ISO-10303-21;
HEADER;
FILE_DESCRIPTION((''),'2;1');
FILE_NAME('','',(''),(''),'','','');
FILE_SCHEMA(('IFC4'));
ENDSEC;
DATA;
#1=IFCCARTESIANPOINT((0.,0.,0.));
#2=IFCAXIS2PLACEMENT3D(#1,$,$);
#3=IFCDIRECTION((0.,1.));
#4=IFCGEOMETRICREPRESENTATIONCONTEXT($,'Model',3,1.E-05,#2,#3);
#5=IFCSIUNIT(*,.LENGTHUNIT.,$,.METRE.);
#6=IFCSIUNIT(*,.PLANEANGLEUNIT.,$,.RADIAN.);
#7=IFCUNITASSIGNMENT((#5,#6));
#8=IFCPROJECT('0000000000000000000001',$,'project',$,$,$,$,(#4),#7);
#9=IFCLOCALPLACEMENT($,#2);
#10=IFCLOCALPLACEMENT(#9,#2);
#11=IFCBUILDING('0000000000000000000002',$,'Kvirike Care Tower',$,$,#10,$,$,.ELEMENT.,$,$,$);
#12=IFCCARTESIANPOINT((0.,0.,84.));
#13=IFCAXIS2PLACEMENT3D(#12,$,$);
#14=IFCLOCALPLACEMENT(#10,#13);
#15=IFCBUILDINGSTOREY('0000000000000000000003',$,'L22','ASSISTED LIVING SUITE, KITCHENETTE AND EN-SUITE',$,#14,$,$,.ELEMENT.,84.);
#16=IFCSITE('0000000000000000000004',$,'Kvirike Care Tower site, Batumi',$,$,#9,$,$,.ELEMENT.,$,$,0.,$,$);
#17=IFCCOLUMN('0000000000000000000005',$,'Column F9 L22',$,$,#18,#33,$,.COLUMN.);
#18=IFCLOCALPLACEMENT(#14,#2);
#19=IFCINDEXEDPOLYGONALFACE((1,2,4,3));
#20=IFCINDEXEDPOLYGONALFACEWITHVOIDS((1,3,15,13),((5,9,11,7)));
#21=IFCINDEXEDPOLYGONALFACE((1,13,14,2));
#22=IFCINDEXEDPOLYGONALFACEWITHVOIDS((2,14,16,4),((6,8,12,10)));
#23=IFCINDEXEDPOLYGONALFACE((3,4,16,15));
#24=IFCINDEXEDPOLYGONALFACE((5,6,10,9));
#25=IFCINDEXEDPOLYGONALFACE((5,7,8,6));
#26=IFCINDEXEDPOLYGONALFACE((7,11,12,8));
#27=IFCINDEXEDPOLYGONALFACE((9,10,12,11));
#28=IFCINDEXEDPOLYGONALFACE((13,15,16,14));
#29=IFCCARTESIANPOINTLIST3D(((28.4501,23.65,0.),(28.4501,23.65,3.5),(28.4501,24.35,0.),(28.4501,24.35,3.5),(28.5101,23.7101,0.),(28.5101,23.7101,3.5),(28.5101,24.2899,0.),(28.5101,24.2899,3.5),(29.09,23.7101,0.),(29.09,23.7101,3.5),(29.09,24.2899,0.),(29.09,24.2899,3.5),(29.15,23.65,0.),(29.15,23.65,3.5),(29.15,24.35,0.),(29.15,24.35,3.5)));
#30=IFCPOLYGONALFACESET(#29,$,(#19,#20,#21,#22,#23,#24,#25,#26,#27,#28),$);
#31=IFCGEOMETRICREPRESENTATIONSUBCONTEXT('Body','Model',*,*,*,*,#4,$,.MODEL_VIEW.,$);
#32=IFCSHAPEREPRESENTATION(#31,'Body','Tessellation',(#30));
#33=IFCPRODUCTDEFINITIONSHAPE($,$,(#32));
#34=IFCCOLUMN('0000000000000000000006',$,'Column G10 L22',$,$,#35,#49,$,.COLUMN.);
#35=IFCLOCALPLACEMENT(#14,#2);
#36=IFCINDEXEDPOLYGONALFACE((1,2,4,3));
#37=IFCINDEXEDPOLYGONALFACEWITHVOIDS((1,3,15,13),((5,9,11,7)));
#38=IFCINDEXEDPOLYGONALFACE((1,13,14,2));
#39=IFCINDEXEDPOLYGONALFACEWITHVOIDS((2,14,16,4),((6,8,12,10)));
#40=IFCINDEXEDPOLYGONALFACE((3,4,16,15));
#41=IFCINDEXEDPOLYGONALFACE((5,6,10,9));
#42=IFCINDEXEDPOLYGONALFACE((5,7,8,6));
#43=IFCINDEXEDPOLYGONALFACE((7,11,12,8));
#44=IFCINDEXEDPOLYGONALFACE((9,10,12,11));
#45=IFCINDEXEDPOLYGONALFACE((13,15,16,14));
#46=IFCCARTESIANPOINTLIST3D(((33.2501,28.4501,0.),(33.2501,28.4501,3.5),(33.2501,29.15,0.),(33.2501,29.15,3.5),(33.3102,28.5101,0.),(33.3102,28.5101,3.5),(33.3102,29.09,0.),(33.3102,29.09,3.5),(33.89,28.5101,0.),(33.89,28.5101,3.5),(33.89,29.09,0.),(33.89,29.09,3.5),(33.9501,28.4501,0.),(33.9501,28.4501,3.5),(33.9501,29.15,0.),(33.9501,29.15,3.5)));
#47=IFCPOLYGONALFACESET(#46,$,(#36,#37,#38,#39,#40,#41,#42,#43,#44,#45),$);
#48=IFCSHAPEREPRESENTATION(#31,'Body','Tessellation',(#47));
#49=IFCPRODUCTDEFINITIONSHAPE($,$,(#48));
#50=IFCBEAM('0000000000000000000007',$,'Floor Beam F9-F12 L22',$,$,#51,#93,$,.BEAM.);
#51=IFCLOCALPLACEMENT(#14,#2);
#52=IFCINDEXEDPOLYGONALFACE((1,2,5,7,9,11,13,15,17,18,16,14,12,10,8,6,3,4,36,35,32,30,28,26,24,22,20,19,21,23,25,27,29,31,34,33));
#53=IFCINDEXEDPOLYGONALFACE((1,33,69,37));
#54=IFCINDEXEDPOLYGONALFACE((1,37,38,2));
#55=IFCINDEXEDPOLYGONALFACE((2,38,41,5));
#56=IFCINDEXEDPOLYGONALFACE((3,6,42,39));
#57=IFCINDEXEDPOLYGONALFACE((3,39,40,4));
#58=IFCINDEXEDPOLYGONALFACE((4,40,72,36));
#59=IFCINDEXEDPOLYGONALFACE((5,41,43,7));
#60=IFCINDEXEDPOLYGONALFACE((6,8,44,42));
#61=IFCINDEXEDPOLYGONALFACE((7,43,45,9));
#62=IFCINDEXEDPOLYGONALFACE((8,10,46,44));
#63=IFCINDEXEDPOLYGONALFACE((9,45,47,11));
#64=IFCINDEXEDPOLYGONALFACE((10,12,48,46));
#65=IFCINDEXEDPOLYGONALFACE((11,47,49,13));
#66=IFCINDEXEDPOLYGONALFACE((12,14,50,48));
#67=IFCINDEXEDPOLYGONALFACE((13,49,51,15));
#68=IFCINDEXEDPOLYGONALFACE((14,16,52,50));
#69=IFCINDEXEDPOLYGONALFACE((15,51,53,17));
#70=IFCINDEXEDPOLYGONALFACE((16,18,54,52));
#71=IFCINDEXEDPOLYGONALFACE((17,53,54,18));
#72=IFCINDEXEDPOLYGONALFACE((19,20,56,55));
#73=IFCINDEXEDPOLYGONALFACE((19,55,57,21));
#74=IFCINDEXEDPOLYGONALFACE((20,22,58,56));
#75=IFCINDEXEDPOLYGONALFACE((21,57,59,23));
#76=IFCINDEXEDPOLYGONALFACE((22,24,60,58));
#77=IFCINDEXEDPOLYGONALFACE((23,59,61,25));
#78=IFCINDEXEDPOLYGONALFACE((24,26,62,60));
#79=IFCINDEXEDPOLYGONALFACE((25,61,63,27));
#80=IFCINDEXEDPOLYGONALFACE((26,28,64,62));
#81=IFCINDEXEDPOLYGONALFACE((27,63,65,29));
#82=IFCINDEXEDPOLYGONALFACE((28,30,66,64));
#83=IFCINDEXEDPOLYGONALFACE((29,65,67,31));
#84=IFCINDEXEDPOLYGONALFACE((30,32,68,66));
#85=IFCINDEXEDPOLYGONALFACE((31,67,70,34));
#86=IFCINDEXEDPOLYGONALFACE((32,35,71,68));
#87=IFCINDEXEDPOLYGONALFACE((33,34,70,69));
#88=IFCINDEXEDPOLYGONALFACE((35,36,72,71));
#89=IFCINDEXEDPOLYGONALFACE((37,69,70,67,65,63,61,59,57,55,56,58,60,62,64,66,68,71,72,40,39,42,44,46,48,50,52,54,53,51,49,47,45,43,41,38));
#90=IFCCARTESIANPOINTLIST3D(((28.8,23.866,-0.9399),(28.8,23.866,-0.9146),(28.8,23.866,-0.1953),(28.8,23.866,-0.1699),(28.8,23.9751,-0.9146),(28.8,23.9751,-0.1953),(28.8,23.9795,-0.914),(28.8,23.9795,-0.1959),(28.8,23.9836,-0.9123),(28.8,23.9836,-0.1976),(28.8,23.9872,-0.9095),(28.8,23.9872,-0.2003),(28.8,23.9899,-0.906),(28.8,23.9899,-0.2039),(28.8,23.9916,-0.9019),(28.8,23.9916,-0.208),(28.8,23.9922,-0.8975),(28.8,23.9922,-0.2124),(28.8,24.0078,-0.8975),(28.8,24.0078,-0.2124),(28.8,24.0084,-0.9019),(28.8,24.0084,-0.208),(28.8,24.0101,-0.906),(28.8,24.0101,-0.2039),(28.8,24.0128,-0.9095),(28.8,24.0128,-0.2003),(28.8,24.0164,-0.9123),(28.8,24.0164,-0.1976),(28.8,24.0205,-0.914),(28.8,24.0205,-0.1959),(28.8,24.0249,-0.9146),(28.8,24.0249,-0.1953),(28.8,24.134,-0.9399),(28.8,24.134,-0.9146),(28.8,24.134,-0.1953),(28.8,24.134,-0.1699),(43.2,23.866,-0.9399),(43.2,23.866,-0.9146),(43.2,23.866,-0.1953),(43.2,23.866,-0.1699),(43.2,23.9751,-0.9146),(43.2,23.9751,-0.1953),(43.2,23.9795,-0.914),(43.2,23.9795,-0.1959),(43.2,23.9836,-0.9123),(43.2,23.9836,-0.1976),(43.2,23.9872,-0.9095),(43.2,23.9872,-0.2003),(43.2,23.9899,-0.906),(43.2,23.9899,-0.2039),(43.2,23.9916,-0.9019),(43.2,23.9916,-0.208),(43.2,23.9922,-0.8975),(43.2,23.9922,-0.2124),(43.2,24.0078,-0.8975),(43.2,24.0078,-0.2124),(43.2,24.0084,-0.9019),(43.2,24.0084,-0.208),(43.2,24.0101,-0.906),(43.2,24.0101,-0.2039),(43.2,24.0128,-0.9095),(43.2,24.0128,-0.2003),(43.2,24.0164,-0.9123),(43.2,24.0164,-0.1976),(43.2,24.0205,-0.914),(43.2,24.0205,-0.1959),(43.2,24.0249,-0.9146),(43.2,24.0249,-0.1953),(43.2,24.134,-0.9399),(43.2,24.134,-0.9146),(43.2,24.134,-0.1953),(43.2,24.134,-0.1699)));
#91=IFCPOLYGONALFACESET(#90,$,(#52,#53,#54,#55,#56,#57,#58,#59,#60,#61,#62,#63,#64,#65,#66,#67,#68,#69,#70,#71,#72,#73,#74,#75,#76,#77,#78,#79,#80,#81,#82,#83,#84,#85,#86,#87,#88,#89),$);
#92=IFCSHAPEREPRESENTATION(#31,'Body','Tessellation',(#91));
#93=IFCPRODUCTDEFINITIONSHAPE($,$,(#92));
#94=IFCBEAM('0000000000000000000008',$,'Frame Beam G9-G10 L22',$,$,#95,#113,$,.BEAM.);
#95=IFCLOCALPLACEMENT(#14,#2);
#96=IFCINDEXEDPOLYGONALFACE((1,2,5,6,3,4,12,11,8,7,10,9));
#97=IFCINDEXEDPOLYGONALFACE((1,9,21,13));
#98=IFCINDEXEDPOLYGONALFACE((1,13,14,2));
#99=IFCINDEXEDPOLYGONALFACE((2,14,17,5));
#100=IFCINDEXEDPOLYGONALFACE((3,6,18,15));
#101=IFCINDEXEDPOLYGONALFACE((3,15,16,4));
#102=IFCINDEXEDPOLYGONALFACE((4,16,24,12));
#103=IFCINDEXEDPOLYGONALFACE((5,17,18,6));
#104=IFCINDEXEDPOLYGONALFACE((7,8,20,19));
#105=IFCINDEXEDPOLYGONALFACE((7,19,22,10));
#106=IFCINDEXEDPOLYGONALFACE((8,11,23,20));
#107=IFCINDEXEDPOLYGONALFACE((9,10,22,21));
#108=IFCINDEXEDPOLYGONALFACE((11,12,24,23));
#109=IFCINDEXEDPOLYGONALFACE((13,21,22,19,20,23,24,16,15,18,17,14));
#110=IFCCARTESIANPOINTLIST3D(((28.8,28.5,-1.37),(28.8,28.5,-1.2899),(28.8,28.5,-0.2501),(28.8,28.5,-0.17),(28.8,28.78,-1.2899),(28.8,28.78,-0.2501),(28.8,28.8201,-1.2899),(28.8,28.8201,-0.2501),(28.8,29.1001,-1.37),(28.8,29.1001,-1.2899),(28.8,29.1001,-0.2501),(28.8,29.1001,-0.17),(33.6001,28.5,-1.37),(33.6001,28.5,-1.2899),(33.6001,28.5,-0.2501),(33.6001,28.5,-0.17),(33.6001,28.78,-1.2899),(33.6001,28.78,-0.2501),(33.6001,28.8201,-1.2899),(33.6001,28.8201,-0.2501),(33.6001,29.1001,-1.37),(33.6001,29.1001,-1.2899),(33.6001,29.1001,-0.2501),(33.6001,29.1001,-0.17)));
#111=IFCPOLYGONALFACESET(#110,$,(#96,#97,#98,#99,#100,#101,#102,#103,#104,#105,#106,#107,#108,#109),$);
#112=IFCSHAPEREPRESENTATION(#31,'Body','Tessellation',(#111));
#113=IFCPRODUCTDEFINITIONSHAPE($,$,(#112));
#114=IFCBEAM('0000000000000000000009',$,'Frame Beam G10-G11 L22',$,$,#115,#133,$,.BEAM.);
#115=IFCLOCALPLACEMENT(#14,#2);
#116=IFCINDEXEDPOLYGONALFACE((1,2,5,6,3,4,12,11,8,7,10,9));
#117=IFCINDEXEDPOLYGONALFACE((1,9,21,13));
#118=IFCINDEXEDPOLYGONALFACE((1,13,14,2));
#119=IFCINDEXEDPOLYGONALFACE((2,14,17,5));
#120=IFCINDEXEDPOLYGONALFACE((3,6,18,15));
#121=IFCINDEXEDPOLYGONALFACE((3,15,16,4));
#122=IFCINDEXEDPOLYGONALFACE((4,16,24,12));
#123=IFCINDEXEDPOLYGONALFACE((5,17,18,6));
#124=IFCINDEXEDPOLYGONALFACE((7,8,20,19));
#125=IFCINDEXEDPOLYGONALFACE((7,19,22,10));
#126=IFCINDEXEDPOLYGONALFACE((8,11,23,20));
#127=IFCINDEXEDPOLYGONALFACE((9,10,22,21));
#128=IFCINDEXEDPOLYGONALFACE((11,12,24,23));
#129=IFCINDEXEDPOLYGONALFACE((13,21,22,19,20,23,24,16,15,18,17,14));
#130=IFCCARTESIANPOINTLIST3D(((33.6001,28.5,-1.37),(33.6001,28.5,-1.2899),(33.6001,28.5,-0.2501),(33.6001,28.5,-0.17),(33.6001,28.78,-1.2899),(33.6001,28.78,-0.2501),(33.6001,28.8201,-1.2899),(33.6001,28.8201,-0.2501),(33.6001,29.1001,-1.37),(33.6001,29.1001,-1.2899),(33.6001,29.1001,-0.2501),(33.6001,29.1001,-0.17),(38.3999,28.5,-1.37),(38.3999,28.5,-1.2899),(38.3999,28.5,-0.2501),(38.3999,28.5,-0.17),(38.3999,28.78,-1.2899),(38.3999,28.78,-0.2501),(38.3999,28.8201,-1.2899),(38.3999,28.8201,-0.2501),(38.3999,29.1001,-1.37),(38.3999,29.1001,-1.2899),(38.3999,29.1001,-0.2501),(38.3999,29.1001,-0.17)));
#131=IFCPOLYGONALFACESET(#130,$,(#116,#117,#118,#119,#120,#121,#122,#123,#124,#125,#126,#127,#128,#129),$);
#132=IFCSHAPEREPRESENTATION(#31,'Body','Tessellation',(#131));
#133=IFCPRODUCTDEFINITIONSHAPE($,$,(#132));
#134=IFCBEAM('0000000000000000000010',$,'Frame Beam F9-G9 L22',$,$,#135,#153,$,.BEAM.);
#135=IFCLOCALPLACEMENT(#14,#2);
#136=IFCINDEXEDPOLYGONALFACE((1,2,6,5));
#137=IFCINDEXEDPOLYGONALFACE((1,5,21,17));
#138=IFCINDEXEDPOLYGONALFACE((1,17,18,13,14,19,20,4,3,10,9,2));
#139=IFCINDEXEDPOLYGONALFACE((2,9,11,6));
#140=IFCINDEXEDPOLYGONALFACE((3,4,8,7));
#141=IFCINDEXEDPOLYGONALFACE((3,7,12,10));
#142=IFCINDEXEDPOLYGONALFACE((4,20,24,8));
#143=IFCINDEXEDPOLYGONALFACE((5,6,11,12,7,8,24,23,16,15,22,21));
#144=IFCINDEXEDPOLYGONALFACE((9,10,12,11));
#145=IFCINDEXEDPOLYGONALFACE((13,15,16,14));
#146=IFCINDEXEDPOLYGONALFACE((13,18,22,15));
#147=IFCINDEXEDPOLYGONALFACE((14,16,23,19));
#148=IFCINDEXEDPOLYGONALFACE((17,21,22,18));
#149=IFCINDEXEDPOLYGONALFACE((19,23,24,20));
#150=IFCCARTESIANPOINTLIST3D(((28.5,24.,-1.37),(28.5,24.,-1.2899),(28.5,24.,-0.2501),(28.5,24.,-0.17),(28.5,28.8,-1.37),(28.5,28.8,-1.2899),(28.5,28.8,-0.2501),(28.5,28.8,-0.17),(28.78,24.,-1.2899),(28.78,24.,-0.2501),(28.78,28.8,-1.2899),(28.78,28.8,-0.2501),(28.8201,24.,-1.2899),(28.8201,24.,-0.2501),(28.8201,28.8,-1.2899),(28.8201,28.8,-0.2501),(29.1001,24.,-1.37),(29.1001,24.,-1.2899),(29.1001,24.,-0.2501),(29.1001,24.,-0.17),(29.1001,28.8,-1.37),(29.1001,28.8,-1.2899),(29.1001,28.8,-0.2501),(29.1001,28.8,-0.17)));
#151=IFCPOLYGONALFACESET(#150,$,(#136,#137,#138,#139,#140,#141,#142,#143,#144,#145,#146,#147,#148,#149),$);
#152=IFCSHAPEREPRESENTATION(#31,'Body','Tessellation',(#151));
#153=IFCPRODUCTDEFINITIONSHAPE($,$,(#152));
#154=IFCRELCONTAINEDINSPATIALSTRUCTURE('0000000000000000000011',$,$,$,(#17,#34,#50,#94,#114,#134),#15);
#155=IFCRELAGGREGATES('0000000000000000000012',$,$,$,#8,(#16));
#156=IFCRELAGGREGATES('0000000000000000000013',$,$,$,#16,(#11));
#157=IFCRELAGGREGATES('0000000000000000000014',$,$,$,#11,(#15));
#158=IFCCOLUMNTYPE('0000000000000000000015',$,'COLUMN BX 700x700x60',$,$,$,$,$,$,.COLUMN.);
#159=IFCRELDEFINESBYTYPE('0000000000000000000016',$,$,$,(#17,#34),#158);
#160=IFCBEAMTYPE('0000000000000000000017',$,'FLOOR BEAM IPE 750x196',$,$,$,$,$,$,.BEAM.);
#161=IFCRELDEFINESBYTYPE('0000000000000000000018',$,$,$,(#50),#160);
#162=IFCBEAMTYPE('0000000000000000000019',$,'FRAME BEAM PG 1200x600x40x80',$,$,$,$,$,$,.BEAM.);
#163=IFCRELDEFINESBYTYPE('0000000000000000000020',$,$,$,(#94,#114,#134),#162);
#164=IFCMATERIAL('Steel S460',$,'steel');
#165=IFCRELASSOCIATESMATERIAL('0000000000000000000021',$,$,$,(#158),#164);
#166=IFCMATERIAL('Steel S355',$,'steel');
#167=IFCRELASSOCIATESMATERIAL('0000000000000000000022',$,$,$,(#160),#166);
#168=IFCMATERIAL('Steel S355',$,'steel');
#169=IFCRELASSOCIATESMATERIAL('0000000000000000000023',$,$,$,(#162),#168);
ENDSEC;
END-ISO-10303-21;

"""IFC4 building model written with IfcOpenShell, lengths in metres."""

from ifc_helpers import new_model, si_unit, direction, frame, origin, origin_2d, place, context, subcontext, project, spatial, hollow_rectangle, i_section, extrude, material, material_profile, profile_set, type_object, element, save


model = new_model("IFC4")

# Units and contexts
model_context = context("Model", 3, precision=1e-05, world=origin(), true_north=direction((0.0, 1.0)))
body_context = subcontext(model_context, "Body", "Model", "MODEL_VIEW")
ifc_project = project(units=[si_unit("LENGTHUNIT", "METRE"), si_unit("PLANEANGLEUNIT", "RADIAN")], contexts=[model_context])

# Site, building, storey
site_placement = place(None, origin())
site = spatial("IfcSite", under=ifc_project, at=site_placement, Name="Kvirike Care Tower site, Batumi", CompositionType="ELEMENT", RefElevation=0.0)
building_placement = place(site_placement, origin())
building = spatial("IfcBuilding", under=site, at=building_placement, Name="Kvirike Care Tower", CompositionType="ELEMENT")
storey_placement = place(building_placement, frame((0.0, 0.0, 84.0)))
storey = spatial("IfcBuildingStorey", under=building, at=storey_placement, Name="L22", Description="ASSISTED LIVING SUITE, KITCHENETTE AND EN-SUITE", CompositionType="ELEMENT", Elevation=84.0)

# Columns
ifc_material_1 = material(Name="Steel S460", Category="steel")
ifc_material_profile_1 = material_profile(ifc_material_1, hollow_rectangle(XDim=0.7, YDim=0.7, WallThickness=0.0601, at=origin_2d()), Name="BX 700x700x60")
ifc_profile_set_1 = profile_set([ifc_material_profile_1], Name="Steel S460")
column_type = type_object("IfcColumnType", Name="COLUMN BX 700x700x60", PredefinedType="COLUMN", material=ifc_profile_set_1)
for number, where, z_axis, x_axis, name in (
    (1, (28.8, 24.0, 0.0), (0.0, 0.0, 1.0), (1.0, 0.0, 0.0), "Column F9 L22"),
    (2, (33.6001, 28.8, 0.0), (0.0, 0.0, 1.0), (0.0, 1.0, 0.0), "Column G10 L22"),
):
    element("IfcColumn", number, at=place(storey_placement, frame(where, z_axis=z_axis, x_axis=x_axis)), inside=storey, type_object=column_type, Name=name, PredefinedType="COLUMN", context=body_context, shape_type="SweptSolid", body=[
        extrude(hollow_rectangle(XDim=0.7, YDim=0.7, WallThickness=0.0601, at=origin_2d()), origin(), (0.0, 0.0, 1.0), 3.5),
    ])

# Beams
ifc_material_2 = material(Name="Steel S355", Category="steel")
ifc_material_profile_2 = material_profile(ifc_material_2, i_section(OverallWidth=0.2681, OverallDepth=0.77, WebThickness=0.0156, FlangeThickness=0.0254, FilletRadius=0.0171, at=origin_2d()), Name="IPE 750x196")
ifc_profile_set_2 = profile_set([ifc_material_profile_2], Name="Steel S355")
beam_type_1 = type_object("IfcBeamType", Name="FLOOR BEAM IPE 750x196", PredefinedType="BEAM", material=ifc_profile_set_2)
beam_1_placement = place(storey_placement, frame((28.8, 24.0, -0.5549), z_axis=(1.0, 0.0, 0.0), x_axis=(0.0, 1.0, 0.0)))
element("IfcBeam", 3, at=beam_1_placement, inside=storey, type_object=beam_type_1, Name="Floor Beam F9-F12 L22", PredefinedType="BEAM", context=body_context, shape_type="SweptSolid", body=[
    extrude(i_section(OverallWidth=0.2681, OverallDepth=0.77, WebThickness=0.0156, FlangeThickness=0.0254, FilletRadius=0.0171, at=origin_2d()), origin(), (0.0, 0.0, 1.0), 14.3999),
])
ifc_material_3 = material(Name="Steel S355", Category="steel")
ifc_material_profile_3 = material_profile(ifc_material_3, i_section(OverallWidth=0.6001, OverallDepth=1.2, WebThickness=0.04, FlangeThickness=0.0801, at=origin_2d()), Name="PG 1200x600x40x80")
ifc_profile_set_3 = profile_set([ifc_material_profile_3], Name="Steel S355")
beam_type_2 = type_object("IfcBeamType", Name="FRAME BEAM PG 1200x600x40x80", PredefinedType="BEAM", material=ifc_profile_set_3)
beam_2_placement = place(storey_placement, frame((28.8, 28.8, -0.77), z_axis=(1.0, 0.0, 0.0), x_axis=(0.0, 1.0, 0.0)))
element("IfcBeam", 4, at=beam_2_placement, inside=storey, type_object=beam_type_2, Name="Frame Beam G9-G10 L22", PredefinedType="BEAM", context=body_context, shape_type="SweptSolid", body=[
    extrude(i_section(OverallWidth=0.6001, OverallDepth=1.2, WebThickness=0.04, FlangeThickness=0.0801, at=origin_2d()), origin(), (0.0, 0.0, 1.0), 4.8),
])
beam_3_placement = place(storey_placement, frame((33.6001, 28.8, -0.77), z_axis=(1.0, 0.0, 0.0), x_axis=(0.0, 1.0, 0.0)))
element("IfcBeam", 5, at=beam_3_placement, inside=storey, type_object=beam_type_2, Name="Frame Beam G10-G11 L22", PredefinedType="BEAM", context=body_context, shape_type="SweptSolid", body=[
    extrude(i_section(OverallWidth=0.6001, OverallDepth=1.2, WebThickness=0.04, FlangeThickness=0.0801, at=origin_2d()), origin(), (0.0, 0.0, 1.0), 4.7998),
])
beam_4_placement = place(storey_placement, frame((28.8, 24.0, -0.77), z_axis=(0.0, 1.0, 0.0), x_axis=(-1.0, 0.0, 0.0)))
element("IfcBeam", 6, at=beam_4_placement, inside=storey, type_object=beam_type_2, Name="Frame Beam F9-G9 L22", PredefinedType="BEAM", context=body_context, shape_type="SweptSolid", body=[
    extrude(i_section(OverallWidth=0.6001, OverallDepth=1.2, WebThickness=0.04, FlangeThickness=0.0801, at=origin_2d()), origin(), (0.0, 0.0, 1.0), 4.8),
])

save(model, "model.ifc")
